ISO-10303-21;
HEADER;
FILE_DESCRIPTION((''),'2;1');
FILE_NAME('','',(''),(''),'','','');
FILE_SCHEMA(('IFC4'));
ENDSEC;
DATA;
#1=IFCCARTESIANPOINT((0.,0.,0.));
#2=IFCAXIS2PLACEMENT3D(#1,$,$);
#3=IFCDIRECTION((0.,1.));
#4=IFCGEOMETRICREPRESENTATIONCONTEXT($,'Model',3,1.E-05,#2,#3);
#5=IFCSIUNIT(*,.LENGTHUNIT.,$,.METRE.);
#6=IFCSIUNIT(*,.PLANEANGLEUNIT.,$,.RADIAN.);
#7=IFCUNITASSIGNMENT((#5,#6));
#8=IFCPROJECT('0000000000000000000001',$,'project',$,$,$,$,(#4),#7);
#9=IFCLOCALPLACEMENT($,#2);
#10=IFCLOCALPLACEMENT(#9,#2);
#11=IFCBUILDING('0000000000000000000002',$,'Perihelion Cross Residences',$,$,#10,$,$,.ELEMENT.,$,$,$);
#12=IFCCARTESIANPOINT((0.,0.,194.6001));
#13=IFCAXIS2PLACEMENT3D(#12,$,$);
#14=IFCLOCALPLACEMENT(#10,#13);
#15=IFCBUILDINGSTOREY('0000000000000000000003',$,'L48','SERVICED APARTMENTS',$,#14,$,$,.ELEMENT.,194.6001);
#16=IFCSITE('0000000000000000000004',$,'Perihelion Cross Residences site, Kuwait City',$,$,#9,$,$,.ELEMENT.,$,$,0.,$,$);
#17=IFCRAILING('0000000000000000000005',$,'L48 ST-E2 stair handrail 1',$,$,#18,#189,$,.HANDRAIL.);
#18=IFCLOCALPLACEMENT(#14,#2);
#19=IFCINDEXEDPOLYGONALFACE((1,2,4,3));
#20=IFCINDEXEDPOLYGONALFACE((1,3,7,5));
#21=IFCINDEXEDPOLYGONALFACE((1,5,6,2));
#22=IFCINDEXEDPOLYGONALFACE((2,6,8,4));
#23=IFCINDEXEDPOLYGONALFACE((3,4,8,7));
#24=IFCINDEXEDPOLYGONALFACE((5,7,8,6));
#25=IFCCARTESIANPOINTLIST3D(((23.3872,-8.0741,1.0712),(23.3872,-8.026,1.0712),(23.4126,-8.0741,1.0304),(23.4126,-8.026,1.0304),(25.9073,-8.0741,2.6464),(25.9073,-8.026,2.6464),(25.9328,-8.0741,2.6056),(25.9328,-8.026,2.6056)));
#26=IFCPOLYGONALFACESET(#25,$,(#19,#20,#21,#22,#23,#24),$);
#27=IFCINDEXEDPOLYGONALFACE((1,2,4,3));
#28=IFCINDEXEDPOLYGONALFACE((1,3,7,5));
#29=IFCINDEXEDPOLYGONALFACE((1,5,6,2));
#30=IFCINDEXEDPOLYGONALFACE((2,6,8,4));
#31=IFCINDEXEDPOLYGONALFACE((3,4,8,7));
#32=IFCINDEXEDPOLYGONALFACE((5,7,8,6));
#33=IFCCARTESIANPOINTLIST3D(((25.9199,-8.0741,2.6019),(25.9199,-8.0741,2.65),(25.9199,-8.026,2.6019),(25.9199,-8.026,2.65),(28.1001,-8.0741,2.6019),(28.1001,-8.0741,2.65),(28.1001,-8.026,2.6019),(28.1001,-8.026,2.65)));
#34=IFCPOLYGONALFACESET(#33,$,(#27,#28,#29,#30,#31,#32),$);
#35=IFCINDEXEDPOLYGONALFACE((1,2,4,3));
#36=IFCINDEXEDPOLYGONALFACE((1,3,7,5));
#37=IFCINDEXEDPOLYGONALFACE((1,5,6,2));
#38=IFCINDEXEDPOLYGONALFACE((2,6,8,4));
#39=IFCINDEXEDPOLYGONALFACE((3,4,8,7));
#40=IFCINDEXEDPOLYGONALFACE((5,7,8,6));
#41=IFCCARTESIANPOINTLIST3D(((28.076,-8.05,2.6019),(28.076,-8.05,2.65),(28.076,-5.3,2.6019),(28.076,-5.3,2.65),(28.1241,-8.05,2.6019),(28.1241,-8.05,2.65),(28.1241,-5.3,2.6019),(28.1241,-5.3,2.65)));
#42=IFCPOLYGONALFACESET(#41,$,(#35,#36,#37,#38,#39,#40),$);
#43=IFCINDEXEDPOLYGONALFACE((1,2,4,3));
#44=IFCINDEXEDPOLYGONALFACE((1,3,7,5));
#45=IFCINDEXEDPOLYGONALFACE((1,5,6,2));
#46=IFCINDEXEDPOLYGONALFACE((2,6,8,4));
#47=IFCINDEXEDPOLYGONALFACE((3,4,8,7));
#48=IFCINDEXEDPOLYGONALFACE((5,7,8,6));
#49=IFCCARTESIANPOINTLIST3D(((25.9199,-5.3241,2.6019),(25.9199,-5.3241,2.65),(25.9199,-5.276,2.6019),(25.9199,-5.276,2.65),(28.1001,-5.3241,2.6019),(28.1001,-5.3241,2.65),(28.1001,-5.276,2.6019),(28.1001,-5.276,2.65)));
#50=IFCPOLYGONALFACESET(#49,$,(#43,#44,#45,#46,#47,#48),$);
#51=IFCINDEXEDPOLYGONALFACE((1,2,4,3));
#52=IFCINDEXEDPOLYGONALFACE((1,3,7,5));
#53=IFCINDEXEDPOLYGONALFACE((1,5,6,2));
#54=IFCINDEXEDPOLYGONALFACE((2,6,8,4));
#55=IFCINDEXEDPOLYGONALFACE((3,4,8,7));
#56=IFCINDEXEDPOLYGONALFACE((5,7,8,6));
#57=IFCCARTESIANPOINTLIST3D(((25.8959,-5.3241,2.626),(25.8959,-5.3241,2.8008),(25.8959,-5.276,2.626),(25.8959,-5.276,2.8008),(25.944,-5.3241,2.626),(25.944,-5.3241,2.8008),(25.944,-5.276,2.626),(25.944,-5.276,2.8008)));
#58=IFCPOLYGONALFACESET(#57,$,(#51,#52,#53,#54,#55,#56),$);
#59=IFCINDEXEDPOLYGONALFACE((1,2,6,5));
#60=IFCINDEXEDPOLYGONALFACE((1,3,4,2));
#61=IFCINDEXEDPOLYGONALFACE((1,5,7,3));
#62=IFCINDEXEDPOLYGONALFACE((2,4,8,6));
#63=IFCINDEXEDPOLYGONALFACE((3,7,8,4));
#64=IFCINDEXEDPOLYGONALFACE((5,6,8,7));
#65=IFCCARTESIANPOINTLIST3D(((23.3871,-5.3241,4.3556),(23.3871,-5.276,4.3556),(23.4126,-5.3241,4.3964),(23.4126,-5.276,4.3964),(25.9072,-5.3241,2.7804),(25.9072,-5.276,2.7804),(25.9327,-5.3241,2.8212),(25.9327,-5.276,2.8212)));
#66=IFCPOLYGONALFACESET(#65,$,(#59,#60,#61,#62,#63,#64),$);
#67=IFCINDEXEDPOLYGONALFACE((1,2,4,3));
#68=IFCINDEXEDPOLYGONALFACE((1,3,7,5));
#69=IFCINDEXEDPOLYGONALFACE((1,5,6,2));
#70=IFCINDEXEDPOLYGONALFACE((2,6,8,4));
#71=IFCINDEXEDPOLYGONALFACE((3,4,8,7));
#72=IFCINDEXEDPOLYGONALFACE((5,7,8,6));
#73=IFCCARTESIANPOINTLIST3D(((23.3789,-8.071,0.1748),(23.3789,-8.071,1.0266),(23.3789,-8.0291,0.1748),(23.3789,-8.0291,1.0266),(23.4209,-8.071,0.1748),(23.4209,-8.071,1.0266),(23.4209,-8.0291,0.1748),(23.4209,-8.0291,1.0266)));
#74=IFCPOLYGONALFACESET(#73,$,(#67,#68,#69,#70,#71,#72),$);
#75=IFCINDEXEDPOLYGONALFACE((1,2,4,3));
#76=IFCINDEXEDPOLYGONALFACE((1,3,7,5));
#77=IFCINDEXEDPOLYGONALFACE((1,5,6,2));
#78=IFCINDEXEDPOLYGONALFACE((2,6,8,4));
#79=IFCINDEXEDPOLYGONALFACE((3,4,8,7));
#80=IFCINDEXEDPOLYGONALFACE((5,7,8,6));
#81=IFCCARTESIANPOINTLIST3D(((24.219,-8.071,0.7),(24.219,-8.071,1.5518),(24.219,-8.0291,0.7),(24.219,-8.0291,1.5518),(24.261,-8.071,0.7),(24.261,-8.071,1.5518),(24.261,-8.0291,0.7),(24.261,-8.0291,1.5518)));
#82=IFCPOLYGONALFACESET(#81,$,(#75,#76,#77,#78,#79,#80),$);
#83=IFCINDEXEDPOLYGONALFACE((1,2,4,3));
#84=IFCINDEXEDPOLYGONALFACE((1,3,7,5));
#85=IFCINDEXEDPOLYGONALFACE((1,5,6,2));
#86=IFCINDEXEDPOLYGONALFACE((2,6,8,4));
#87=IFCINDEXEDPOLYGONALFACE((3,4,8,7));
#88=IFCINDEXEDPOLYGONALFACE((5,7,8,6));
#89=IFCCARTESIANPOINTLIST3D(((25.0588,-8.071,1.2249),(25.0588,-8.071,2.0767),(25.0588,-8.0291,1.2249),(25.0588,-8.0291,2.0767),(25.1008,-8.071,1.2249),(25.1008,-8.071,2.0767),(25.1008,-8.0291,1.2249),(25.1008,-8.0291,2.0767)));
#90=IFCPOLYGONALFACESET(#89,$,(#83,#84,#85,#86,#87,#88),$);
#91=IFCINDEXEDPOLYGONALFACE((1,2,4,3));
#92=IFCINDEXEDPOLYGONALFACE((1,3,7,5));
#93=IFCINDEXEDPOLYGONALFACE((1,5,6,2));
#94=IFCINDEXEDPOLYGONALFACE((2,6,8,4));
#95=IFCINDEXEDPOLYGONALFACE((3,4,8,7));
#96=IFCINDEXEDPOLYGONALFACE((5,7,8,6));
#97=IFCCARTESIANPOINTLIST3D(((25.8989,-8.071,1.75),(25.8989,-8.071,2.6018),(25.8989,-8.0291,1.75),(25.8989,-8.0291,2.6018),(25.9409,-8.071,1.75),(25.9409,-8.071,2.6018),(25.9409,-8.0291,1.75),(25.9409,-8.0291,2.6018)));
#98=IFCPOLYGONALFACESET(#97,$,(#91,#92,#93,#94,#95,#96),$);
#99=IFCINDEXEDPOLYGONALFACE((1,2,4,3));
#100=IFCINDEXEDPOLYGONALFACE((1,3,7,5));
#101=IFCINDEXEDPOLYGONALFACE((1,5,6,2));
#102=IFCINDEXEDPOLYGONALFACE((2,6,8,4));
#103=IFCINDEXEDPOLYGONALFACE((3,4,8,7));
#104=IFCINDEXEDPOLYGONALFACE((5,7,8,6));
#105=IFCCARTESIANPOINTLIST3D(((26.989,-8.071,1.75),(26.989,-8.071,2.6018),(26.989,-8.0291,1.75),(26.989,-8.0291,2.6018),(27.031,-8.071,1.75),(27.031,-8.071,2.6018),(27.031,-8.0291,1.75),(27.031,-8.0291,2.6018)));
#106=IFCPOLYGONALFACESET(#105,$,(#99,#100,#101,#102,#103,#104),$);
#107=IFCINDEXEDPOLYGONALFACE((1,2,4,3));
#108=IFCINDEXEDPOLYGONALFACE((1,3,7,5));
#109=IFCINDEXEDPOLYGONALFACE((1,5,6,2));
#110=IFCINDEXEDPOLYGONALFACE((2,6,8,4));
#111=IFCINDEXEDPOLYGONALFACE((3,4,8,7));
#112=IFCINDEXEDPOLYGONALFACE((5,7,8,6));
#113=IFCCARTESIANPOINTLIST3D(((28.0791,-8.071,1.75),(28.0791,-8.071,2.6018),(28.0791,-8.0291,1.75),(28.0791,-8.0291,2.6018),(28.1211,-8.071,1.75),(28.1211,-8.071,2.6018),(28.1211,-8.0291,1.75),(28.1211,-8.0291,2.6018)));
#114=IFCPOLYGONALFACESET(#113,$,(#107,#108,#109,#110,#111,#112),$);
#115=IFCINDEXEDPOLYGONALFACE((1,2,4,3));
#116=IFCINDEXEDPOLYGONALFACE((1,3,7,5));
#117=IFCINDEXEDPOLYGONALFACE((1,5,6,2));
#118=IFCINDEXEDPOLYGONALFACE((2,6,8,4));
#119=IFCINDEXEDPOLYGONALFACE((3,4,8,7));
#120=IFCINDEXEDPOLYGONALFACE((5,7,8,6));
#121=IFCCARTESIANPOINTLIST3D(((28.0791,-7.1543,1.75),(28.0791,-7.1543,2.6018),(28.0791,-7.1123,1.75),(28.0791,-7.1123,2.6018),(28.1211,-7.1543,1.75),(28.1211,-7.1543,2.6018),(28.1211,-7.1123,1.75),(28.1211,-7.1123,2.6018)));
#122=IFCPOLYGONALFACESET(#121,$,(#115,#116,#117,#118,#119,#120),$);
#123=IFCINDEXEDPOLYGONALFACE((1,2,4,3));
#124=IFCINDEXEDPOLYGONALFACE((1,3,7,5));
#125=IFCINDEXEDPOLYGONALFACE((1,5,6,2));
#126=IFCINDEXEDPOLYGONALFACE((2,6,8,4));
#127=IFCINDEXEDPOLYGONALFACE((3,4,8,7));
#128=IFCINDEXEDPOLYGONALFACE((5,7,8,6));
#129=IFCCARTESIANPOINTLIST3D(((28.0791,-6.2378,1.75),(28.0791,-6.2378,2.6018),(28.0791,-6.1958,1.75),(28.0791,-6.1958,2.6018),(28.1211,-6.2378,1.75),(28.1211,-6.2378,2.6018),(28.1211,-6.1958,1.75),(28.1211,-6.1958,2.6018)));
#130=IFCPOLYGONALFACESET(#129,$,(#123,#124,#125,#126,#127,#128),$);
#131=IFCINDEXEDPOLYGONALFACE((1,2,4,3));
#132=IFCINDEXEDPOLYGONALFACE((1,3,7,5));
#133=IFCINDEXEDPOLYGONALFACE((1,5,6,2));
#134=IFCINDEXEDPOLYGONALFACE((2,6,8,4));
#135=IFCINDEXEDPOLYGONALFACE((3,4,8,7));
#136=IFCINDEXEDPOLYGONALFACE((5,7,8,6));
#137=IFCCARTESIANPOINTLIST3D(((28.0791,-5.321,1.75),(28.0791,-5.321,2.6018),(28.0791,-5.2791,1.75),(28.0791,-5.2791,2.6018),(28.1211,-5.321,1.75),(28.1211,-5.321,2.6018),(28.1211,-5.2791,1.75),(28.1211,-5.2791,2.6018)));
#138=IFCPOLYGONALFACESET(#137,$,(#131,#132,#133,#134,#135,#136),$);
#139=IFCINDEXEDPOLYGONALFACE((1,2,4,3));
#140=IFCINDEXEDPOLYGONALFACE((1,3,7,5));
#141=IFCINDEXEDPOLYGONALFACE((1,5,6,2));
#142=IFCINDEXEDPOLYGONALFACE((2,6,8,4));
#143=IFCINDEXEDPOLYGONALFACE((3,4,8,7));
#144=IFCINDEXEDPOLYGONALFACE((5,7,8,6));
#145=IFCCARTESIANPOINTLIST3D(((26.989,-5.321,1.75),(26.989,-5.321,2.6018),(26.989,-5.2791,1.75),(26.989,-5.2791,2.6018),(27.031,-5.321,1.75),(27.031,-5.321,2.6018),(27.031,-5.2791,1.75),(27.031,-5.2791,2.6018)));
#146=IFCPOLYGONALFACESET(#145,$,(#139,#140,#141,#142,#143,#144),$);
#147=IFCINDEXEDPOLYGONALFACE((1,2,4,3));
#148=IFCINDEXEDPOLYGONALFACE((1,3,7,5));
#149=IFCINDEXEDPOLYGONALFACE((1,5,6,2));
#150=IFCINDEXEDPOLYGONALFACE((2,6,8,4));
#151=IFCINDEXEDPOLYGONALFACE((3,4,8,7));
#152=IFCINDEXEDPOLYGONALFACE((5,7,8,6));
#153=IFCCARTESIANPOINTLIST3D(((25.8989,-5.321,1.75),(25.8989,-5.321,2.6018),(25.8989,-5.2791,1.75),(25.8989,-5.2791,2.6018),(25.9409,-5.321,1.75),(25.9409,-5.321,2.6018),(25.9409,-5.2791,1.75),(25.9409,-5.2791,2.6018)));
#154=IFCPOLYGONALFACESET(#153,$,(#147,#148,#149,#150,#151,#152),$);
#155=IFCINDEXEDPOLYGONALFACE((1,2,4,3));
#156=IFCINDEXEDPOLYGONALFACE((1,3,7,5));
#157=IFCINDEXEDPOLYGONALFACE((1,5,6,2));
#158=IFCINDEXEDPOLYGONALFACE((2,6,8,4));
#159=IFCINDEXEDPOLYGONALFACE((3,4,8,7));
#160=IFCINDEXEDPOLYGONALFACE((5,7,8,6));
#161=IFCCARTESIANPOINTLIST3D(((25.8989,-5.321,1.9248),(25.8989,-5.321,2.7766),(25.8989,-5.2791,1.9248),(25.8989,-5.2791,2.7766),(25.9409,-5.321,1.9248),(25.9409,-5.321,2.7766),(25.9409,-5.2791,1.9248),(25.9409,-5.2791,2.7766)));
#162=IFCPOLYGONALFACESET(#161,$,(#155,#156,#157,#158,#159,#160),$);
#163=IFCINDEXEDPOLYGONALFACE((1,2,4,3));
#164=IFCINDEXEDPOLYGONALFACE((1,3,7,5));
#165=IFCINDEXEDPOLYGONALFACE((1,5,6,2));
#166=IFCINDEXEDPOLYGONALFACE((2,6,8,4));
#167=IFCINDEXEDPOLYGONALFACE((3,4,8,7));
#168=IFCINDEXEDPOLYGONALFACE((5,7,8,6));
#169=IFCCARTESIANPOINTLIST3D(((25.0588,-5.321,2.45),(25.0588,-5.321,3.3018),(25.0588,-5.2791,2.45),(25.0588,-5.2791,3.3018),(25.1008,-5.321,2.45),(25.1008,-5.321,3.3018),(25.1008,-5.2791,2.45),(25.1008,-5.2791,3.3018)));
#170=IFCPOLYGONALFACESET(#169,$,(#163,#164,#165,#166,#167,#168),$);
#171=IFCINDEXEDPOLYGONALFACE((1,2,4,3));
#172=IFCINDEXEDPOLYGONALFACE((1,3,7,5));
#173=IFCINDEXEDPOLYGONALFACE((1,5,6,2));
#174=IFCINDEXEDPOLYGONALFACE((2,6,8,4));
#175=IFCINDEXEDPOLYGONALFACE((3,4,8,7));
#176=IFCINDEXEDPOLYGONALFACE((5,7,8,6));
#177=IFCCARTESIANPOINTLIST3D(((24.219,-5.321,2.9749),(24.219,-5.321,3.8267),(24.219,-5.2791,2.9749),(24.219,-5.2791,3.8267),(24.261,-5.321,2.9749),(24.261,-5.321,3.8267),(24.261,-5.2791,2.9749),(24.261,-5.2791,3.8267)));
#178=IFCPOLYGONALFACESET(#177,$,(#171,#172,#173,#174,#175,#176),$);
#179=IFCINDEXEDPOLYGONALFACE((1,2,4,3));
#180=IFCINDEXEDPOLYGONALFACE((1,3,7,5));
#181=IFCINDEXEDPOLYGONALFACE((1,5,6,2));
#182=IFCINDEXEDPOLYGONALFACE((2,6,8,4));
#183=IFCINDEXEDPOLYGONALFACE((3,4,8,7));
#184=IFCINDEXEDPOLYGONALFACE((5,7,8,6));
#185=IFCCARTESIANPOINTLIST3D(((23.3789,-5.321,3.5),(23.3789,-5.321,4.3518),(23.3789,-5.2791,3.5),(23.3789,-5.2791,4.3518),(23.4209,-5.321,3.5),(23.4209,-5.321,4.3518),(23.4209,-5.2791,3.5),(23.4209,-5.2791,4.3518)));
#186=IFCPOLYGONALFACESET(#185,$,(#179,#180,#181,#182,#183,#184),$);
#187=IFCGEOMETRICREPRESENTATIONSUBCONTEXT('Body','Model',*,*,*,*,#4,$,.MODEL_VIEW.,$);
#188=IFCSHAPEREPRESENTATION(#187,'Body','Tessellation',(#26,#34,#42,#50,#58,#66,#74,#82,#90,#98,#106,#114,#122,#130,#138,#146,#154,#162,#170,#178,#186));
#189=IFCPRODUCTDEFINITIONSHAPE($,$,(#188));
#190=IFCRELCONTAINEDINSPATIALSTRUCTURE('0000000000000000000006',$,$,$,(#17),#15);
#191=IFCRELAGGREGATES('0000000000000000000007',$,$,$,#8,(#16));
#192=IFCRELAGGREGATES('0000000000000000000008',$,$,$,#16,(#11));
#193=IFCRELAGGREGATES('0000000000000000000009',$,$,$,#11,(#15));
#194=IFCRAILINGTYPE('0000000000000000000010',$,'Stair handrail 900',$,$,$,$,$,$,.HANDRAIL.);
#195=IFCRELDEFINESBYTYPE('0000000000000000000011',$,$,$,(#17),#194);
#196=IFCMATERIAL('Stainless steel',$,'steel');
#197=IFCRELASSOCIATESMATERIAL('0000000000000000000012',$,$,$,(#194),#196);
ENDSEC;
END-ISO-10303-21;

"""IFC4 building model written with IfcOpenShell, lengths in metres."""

from ifc_helpers import new_model, si_unit, direction, frame, origin, origin_2d, place, context, subcontext, project, spatial, rectangle, extrude, material, type_object, element, save


model = new_model("IFC4")

# Units and contexts
model_context = context("Model", 3, precision=1e-05, world=origin(), true_north=direction((0.0, 1.0)))
body_context = subcontext(model_context, "Body", "Model", "MODEL_VIEW")
ifc_project = project(units=[si_unit("LENGTHUNIT", "METRE"), si_unit("PLANEANGLEUNIT", "RADIAN")], contexts=[model_context])

# Site, building, storey
site_placement = place(None, origin())
site = spatial("IfcSite", under=ifc_project, at=site_placement, Name="Perihelion Cross Residences site, Kuwait City", CompositionType="ELEMENT", RefElevation=0.0)
building_placement = place(site_placement, origin())
building = spatial("IfcBuilding", under=site, at=building_placement, Name="Perihelion Cross Residences", CompositionType="ELEMENT")
storey_placement = place(building_placement, frame((0.0, 0.0, 194.6001)))
storey = spatial("IfcBuildingStorey", under=building, at=storey_placement, Name="L48", Description="SERVICED APARTMENTS", CompositionType="ELEMENT", Elevation=194.6001)

# Railing
ifc_material_1 = material(Name="Stainless steel", Category="steel")
railing_type_1 = type_object("IfcRailingType", Name="Stair handrail 900", PredefinedType="HANDRAIL", material=ifc_material_1)
railing_1_placement = place(storey_placement, frame((23.3999, -8.05, 0.1748)))
element("IfcRailing", 1, at=railing_1_placement, inside=storey, type_object=railing_type_1, Name="L48 ST-E2 stair handrail 1", PredefinedType="HANDRAIL", context=body_context, shape_type="SweptSolid", body=[
    extrude(rectangle(XDim=0.0481, YDim=0.0481, at=origin_2d()), frame((0.0, 0.0, 0.876), z_axis=(0.847971, 0.0, 0.530043), x_axis=(0.0, 1.0, 0.0)), (0.0, 0.0, 1.0), 2.9719),
    extrude(rectangle(XDim=0.0481, YDim=0.0481, at=origin_2d()), frame((2.52, 0.0, 2.4512), z_axis=(1.0, 0.0, 0.0), x_axis=(0.0, 1.0, 0.0)), (0.0, 0.0, 1.0), 2.1802),
    extrude(rectangle(XDim=0.0481, YDim=0.0481, at=origin_2d()), frame((4.7002, 0.0, 2.4512), z_axis=(0.0, 1.0, 0.0), x_axis=(-1.0, 0.0, 0.0)), (0.0, 0.0, 1.0), 2.75),
    extrude(rectangle(XDim=0.0481, YDim=0.0481, at=origin_2d()), frame((4.7002, 2.75, 2.4512), z_axis=(-1.0, 0.0, 0.0), x_axis=(0.0, -1.0, 0.0)), (0.0, 0.0, 1.0), 2.1802),
    extrude(rectangle(XDim=0.0481, YDim=0.0481, at=origin_2d()), frame((2.52, 2.75, 2.4512), z_axis=(0.0, 0.0, 1.0), x_axis=(1.0, 0.0, 0.0)), (0.0, 0.0, 1.0), 0.1748),
    extrude(rectangle(XDim=0.0481, YDim=0.0481, at=origin_2d()), frame((2.52, 2.75, 2.626), z_axis=(-0.847971, 0.0, 0.530043), x_axis=(0.0, -1.0, 0.0)), (0.0, 0.0, 1.0), 2.9719),
    extrude(rectangle(XDim=0.042, YDim=0.042, at=origin_2d()), origin(), (0.0, 0.0, 1.0), 0.8518),
    extrude(rectangle(XDim=0.042, YDim=0.042, at=origin_2d()), frame((0.8401, 0.0, 0.5251)), (0.0, 0.0, 1.0), 0.8518),
    extrude(rectangle(XDim=0.042, YDim=0.042, at=origin_2d()), frame((1.6799, 0.0, 1.05)), (0.0, 0.0, 1.0), 0.8518),
    extrude(rectangle(XDim=0.042, YDim=0.042, at=origin_2d()), frame((2.52, 0.0, 1.5752)), (0.0, 0.0, 1.0), 0.8518),
    extrude(rectangle(XDim=0.042, YDim=0.042, at=origin_2d()), frame((3.6101, 0.0, 1.5752)), (0.0, 0.0, 1.0), 0.8518),
    extrude(rectangle(XDim=0.042, YDim=0.042, at=origin_2d()), frame((4.7002, 0.0, 1.5752)), (0.0, 0.0, 1.0), 0.8518),
    extrude(rectangle(XDim=0.042, YDim=0.042, at=origin_2d()), frame((4.7002, 0.9167, 1.5752)), (0.0, 0.0, 1.0), 0.8518),
    extrude(rectangle(XDim=0.042, YDim=0.042, at=origin_2d()), frame((4.7002, 1.8333, 1.5752)), (0.0, 0.0, 1.0), 0.8518),
    extrude(rectangle(XDim=0.042, YDim=0.042, at=origin_2d()), frame((4.7002, 2.75, 1.5752)), (0.0, 0.0, 1.0), 0.8518),
    extrude(rectangle(XDim=0.042, YDim=0.042, at=origin_2d()), frame((3.6101, 2.75, 1.5752)), (0.0, 0.0, 1.0), 0.8518),
    extrude(rectangle(XDim=0.042, YDim=0.042, at=origin_2d()), frame((2.52, 2.75, 1.5752)), (0.0, 0.0, 1.0), 0.8518),
    extrude(rectangle(XDim=0.042, YDim=0.042, at=origin_2d()), frame((2.52, 2.75, 1.75)), (0.0, 0.0, 1.0), 0.8518),
    extrude(rectangle(XDim=0.042, YDim=0.042, at=origin_2d()), frame((1.6799, 2.75, 2.2751)), (0.0, 0.0, 1.0), 0.8518),
    extrude(rectangle(XDim=0.042, YDim=0.042, at=origin_2d()), frame((0.8401, 2.75, 2.8)), (0.0, 0.0, 1.0), 0.8518),
    extrude(rectangle(XDim=0.042, YDim=0.042, at=origin_2d()), frame((0.0, 2.75, 3.3252)), (0.0, 0.0, 1.0), 0.8518),
])

save(model, "model.ifc")
